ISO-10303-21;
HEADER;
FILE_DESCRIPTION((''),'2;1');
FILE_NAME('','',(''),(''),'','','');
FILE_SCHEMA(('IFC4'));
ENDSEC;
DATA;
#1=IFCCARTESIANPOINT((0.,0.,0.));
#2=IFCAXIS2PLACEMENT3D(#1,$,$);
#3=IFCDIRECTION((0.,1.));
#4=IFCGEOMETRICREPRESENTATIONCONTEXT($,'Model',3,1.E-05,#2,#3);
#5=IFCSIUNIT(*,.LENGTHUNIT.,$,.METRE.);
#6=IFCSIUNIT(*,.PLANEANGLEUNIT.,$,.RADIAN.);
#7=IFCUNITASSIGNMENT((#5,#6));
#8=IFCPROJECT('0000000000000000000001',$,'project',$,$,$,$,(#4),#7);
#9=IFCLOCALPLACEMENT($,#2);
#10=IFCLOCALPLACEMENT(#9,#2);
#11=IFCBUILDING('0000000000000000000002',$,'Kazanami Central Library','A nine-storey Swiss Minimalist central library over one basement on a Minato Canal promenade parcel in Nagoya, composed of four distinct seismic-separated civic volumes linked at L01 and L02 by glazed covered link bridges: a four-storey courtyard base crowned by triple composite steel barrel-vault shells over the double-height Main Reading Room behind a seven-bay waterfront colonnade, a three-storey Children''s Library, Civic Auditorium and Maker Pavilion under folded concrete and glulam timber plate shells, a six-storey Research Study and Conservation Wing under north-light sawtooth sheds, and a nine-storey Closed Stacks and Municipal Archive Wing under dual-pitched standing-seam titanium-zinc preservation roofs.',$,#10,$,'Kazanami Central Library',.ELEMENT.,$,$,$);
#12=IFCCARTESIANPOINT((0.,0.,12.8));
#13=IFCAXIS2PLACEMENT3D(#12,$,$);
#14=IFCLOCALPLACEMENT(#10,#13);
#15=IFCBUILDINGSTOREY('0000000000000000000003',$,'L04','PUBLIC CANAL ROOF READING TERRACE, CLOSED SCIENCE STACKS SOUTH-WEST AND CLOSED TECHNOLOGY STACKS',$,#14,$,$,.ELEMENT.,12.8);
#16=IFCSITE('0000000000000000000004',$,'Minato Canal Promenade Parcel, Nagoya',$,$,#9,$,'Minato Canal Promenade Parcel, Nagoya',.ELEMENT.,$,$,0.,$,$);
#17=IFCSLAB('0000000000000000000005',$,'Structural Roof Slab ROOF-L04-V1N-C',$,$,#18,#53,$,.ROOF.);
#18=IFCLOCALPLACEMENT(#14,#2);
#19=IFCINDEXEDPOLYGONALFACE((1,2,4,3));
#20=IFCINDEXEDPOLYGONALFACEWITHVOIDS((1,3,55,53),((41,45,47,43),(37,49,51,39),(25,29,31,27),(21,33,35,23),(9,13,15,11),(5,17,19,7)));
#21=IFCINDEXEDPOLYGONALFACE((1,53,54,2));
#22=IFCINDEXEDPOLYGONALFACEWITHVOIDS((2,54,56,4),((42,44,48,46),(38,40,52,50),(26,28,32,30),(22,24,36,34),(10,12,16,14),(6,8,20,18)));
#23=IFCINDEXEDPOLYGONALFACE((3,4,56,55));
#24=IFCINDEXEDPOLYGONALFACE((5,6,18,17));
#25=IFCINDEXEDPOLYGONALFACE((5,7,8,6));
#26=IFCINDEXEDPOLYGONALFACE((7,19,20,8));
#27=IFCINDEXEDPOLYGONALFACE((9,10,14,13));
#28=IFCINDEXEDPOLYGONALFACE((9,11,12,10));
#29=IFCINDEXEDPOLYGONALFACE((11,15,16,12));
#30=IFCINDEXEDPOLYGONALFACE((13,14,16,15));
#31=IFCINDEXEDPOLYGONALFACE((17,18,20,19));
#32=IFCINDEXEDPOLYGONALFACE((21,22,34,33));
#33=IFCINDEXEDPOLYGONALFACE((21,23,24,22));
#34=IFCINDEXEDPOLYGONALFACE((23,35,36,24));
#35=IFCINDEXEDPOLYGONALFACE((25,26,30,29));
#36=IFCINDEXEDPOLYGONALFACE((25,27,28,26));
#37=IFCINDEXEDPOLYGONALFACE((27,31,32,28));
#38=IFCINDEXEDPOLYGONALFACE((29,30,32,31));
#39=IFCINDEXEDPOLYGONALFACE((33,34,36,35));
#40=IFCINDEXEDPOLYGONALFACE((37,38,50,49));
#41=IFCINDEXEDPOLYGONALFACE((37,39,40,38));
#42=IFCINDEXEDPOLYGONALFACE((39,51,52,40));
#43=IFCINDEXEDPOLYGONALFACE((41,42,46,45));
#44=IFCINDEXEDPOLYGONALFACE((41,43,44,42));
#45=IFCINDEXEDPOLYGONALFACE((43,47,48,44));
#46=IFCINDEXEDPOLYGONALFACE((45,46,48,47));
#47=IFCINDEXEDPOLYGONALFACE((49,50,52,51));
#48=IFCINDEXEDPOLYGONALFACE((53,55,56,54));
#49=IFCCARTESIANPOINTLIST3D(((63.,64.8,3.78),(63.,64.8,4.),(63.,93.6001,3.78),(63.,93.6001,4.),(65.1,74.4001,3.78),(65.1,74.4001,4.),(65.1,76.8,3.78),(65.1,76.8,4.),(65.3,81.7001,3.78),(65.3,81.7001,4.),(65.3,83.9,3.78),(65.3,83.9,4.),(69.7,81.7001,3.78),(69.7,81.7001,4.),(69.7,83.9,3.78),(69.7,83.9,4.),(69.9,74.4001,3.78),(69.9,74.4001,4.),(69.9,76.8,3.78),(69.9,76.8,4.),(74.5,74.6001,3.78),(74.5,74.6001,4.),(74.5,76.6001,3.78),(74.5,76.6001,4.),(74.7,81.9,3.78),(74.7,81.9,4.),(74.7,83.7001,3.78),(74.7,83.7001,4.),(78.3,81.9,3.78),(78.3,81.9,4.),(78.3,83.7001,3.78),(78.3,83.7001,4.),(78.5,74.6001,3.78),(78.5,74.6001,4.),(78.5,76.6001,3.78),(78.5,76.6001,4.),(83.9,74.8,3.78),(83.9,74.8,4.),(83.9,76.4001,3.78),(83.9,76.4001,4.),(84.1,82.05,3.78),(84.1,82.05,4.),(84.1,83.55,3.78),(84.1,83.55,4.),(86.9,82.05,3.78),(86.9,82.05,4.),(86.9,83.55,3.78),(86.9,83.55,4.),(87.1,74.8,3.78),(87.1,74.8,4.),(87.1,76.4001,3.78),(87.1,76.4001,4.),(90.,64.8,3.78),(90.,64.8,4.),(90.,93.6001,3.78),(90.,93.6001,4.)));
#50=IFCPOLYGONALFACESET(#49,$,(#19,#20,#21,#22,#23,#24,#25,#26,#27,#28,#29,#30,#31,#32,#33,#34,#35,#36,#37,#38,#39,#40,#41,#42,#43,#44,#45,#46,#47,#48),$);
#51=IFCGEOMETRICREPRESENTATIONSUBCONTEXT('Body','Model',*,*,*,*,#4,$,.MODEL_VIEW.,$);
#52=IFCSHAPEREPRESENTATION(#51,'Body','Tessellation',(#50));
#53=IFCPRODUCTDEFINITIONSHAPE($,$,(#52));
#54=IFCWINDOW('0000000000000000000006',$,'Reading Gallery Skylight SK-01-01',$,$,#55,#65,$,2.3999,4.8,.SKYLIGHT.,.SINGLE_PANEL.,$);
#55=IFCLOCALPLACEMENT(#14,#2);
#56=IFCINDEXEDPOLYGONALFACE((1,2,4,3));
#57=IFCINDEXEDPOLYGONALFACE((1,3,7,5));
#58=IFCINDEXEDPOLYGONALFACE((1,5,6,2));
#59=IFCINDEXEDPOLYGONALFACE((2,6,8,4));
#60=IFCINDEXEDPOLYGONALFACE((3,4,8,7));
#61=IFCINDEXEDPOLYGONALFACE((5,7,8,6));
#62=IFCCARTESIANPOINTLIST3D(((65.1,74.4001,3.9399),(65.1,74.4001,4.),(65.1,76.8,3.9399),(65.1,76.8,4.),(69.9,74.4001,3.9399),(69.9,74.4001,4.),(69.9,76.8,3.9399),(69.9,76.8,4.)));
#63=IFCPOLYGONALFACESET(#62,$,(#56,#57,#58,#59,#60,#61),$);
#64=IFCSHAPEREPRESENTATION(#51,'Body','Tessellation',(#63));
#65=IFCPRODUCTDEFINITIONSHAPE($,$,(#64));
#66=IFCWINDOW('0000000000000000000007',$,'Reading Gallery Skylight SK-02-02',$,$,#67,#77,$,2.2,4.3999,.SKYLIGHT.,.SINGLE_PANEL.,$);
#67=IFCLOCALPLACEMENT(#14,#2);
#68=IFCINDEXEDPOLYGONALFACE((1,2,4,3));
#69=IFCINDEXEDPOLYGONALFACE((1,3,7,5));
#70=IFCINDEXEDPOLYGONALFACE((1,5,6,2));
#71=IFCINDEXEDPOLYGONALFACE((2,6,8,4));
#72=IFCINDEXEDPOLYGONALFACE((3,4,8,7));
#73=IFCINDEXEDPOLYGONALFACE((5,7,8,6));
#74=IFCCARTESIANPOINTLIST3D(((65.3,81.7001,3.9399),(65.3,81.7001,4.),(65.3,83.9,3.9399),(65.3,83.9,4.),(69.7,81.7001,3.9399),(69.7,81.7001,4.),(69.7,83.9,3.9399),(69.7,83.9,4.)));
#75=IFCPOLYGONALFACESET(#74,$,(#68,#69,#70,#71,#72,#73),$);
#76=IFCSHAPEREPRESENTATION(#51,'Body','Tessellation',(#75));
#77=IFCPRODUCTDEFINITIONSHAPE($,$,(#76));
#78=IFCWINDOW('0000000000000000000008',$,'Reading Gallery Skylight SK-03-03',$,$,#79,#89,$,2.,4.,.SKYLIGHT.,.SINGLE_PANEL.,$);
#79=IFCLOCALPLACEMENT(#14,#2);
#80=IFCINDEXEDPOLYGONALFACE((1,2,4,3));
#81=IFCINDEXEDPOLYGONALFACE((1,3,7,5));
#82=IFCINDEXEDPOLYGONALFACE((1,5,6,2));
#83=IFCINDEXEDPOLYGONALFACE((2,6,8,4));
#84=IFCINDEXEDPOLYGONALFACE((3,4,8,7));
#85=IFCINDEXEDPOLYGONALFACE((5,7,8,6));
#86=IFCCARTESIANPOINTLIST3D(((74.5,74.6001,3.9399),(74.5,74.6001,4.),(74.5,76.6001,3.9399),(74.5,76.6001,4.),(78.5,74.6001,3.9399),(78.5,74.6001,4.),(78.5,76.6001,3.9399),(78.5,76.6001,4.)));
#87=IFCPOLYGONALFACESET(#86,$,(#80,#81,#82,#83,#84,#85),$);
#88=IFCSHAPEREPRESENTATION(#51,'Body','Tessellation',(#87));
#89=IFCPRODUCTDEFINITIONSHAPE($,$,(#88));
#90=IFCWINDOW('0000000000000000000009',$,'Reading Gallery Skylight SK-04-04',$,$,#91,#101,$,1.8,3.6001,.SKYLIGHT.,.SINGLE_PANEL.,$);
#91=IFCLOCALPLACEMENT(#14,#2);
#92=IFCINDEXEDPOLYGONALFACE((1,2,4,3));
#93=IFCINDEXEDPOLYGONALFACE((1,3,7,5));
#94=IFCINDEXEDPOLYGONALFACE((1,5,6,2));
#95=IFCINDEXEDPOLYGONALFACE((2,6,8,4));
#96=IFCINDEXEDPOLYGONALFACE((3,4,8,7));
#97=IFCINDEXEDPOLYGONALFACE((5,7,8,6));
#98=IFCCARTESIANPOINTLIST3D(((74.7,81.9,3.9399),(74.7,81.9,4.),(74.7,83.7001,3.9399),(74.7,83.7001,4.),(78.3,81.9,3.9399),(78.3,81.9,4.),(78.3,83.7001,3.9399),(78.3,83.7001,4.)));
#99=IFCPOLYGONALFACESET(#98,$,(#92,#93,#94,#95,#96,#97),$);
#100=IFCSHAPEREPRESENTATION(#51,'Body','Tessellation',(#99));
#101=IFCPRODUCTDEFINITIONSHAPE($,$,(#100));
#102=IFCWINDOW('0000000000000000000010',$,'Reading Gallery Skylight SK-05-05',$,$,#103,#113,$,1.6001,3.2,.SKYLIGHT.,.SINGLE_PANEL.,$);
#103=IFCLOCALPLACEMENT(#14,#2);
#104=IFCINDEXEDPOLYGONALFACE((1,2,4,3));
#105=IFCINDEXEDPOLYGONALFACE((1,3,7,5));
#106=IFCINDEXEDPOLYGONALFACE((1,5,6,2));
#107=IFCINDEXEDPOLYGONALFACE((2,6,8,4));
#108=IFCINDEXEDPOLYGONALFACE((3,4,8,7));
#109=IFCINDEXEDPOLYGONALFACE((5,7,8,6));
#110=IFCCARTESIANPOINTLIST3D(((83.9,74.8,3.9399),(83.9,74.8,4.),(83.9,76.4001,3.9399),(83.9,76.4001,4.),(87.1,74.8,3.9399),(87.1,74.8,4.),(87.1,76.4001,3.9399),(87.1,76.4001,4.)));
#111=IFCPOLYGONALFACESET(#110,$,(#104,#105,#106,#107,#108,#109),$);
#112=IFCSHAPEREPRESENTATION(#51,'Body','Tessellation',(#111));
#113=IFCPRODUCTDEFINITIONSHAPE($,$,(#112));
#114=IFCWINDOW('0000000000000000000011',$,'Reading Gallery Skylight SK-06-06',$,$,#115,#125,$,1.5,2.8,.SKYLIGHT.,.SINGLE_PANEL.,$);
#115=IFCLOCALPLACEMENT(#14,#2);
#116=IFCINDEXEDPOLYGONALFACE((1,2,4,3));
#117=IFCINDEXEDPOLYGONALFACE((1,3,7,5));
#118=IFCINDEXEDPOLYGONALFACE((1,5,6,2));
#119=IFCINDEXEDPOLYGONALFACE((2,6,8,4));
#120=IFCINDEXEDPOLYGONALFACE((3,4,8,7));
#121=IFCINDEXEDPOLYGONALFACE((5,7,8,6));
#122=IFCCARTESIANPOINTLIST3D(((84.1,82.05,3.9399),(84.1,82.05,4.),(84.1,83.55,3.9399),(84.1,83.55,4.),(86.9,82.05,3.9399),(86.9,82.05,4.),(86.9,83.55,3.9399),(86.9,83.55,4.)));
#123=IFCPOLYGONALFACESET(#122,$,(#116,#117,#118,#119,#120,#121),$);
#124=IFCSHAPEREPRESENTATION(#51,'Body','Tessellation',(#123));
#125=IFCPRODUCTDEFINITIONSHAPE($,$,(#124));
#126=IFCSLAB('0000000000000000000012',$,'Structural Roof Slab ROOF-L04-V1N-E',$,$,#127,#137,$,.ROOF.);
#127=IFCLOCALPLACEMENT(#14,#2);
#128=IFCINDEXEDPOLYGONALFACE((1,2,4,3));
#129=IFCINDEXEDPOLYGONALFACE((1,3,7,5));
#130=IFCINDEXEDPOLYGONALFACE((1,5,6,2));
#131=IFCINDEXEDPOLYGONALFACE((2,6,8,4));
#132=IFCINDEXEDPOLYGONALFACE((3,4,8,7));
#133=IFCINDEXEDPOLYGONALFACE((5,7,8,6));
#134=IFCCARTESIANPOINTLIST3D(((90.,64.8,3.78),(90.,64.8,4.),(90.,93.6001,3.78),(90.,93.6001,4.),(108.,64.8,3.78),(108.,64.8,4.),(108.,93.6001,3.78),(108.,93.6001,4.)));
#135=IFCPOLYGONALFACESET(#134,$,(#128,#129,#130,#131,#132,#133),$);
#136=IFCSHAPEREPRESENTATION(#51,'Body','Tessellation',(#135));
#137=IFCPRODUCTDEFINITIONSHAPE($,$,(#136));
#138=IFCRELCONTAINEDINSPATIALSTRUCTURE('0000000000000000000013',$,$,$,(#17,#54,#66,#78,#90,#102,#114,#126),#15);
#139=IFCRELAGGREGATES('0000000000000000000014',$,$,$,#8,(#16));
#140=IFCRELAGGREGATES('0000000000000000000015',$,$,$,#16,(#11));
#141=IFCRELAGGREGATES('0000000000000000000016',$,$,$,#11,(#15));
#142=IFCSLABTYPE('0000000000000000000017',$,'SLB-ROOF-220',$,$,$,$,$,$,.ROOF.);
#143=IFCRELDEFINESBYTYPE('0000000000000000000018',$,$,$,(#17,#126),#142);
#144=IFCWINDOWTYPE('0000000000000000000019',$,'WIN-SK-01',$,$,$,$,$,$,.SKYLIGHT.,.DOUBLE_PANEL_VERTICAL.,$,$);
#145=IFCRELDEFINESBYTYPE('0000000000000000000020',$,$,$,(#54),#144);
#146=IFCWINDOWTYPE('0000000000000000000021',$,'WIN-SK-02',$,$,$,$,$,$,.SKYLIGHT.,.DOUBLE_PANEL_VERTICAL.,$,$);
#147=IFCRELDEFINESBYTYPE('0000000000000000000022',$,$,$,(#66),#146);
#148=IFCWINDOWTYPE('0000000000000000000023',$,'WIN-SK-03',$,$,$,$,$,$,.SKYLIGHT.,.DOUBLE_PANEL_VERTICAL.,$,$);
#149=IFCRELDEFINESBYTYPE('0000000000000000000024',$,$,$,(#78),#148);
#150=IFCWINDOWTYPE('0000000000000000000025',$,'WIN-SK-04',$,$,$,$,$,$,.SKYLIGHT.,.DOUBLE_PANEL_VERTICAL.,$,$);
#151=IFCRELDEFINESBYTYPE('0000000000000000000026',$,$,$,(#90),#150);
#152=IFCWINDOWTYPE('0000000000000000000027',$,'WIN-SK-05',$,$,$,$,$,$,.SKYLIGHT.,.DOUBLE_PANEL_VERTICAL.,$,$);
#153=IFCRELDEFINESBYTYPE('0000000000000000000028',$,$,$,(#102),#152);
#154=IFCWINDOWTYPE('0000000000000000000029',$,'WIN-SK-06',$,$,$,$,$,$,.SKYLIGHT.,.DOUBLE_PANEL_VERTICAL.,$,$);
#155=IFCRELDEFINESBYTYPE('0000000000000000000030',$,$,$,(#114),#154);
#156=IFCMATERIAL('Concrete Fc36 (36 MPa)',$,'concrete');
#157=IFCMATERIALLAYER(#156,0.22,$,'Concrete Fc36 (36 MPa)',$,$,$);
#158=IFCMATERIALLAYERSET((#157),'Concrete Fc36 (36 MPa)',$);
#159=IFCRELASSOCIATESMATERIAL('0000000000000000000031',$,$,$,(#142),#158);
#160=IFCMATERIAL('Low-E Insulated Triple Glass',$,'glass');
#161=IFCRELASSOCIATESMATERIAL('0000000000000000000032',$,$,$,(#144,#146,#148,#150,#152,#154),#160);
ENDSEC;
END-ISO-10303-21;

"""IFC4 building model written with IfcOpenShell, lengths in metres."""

from ifc_helpers import new_model, si_unit, direction, frame, origin, origin_2d, place, context, subcontext, project, spatial, polyline, rectangle, outline, extrude, material, layer, layer_set, type_object, element, fill, save


model = new_model("IFC4")

# Units and contexts
model_context = context("Model", 3, precision=1e-05, world=origin(), true_north=direction((0.0, 1.0)))
body_context = subcontext(model_context, "Body", "Model", "MODEL_VIEW")
ifc_project = project(units=[si_unit("LENGTHUNIT", "METRE"), si_unit("PLANEANGLEUNIT", "RADIAN")], contexts=[model_context])

# Site, building, storey
site_placement = place(None, origin())
site = spatial("IfcSite", under=ifc_project, at=site_placement, Name="Minato Canal Promenade Parcel, Nagoya", LongName="Minato Canal Promenade Parcel, Nagoya", CompositionType="ELEMENT", RefElevation=0.0)
building_placement = place(site_placement, origin())
building = spatial("IfcBuilding", under=site, at=building_placement, Name="Kazanami Central Library", Description="A nine-storey Swiss Minimalist central library over one basement on a Minato Canal promenade parcel in Nagoya, composed of four distinct seismic-separated civic volumes linked at L01 and L02 by glazed covered link bridges: a four-storey courtyard base crowned by triple composite steel barrel-vault shells over the double-height Main Reading Room behind a seven-bay waterfront colonnade, a three-storey Children's Library, Civic Auditorium and Maker Pavilion under folded concrete and glulam timber plate shells, a six-storey Research Study and Conservation Wing under north-light sawtooth sheds, and a nine-storey Closed Stacks and Municipal Archive Wing under dual-pitched standing-seam titanium-zinc preservation roofs.", LongName="Kazanami Central Library", CompositionType="ELEMENT")
storey_placement = place(building_placement, frame((0.0, 0.0, 12.8)))
storey = spatial("IfcBuildingStorey", under=building, at=storey_placement, Name="L04", Description="PUBLIC CANAL ROOF READING TERRACE, CLOSED SCIENCE STACKS SOUTH-WEST AND CLOSED TECHNOLOGY STACKS", CompositionType="ELEMENT", Elevation=12.8)

# Shared definitions
ifc_material_1 = material(Name="Concrete Fc36 (36 MPa)", Category="concrete")

# Shared definitions
ifc_layer_1 = layer(ifc_material_1, 0.22, Name="Concrete Fc36 (36 MPa)")
ifc_layer_set_1 = layer_set([ifc_layer_1], Name="Concrete Fc36 (36 MPa)")
slab_type_1 = type_object("IfcSlabType", Name="SLB-ROOF-220", PredefinedType="ROOF", material=ifc_layer_set_1)
ifc_material_2 = material(Name="Low-E Insulated Triple Glass", Category="glass")
window_type_1 = type_object("IfcWindowType", Name="WIN-SK-01", PartitioningType="DOUBLE_PANEL_VERTICAL", PredefinedType="SKYLIGHT", material=ifc_material_2)
window_type_2 = type_object("IfcWindowType", Name="WIN-SK-02", PartitioningType="DOUBLE_PANEL_VERTICAL", PredefinedType="SKYLIGHT", material=ifc_material_2)
window_type_3 = type_object("IfcWindowType", Name="WIN-SK-03", PartitioningType="DOUBLE_PANEL_VERTICAL", PredefinedType="SKYLIGHT", material=ifc_material_2)
window_type_4 = type_object("IfcWindowType", Name="WIN-SK-04", PartitioningType="DOUBLE_PANEL_VERTICAL", PredefinedType="SKYLIGHT", material=ifc_material_2)

# Slab, openings, windows
slab_1_placement = place(storey_placement, frame((0.0, 0.0, 3.78)))
slab_1 = element("IfcSlab", 1, at=slab_1_placement, inside=storey, type_object=slab_type_1, Name="Structural Roof Slab ROOF-L04-V1N-C", PredefinedType="ROOF", context=body_context, shape_type="SweptSolid", body=[
    extrude(outline(polyline([(63.0, 64.8), (90.0, 64.8), (90.0, 93.6001), (63.0, 93.6001), (63.0, 64.8)])), origin(), (0.0, 0.0, 1.0), 0.22),
])
opening_1_placement = place(slab_1_placement, frame((67.5, 75.6001, -0.012)))
opening_1 = element("IfcOpeningElement", 2, at=opening_1_placement, cuts=slab_1, PredefinedType="OPENING", context=body_context, shape_type="SweptSolid", body=[
    extrude(rectangle(XDim=4.8, YDim=2.3999, at=origin_2d()), origin(), (0.0, 0.0, 1.0), 0.2439),
])
opening_2_placement = place(slab_1_placement, frame((67.5, 82.8, -0.012)))
opening_2 = element("IfcOpeningElement", 3, at=opening_2_placement, cuts=slab_1, PredefinedType="OPENING", context=body_context, shape_type="SweptSolid", body=[
    extrude(rectangle(XDim=4.3999, YDim=2.2, at=origin_2d()), origin(), (0.0, 0.0, 1.0), 0.2439),
])
opening_3_placement = place(slab_1_placement, frame((76.5, 75.6001, -0.012)))
opening_3 = element("IfcOpeningElement", 4, at=opening_3_placement, cuts=slab_1, PredefinedType="OPENING", context=body_context, shape_type="SweptSolid", body=[
    extrude(rectangle(XDim=4.0, YDim=2.0, at=origin_2d()), origin(), (0.0, 0.0, 1.0), 0.2439),
])
opening_4_placement = place(slab_1_placement, frame((76.5, 82.8, -0.012)))
opening_4 = element("IfcOpeningElement", 5, at=opening_4_placement, cuts=slab_1, PredefinedType="OPENING", context=body_context, shape_type="SweptSolid", body=[
    extrude(rectangle(XDim=3.6001, YDim=1.8, at=origin_2d()), origin(), (0.0, 0.0, 1.0), 0.2439),
])
opening_5_placement = place(slab_1_placement, frame((85.5, 75.6001, -0.012)))
opening_5 = element("IfcOpeningElement", 6, at=opening_5_placement, cuts=slab_1, PredefinedType="OPENING", context=body_context, shape_type="SweptSolid", body=[
    extrude(rectangle(XDim=3.2, YDim=1.6001, at=origin_2d()), origin(), (0.0, 0.0, 1.0), 0.2439),
])
opening_6_placement = place(slab_1_placement, frame((85.5, 82.8, -0.012)))
opening_6 = element("IfcOpeningElement", 7, at=opening_6_placement, cuts=slab_1, PredefinedType="OPENING", context=body_context, shape_type="SweptSolid", body=[
    extrude(rectangle(XDim=2.8, YDim=1.5, at=origin_2d()), origin(), (0.0, 0.0, 1.0), 0.2439),
])
window_1_placement = place(slab_1_placement, frame((67.5, 75.6001, 0.1599)))
window_1 = element("IfcWindow", 8, at=window_1_placement, inside=storey, type_object=window_type_1, Name="Reading Gallery Skylight SK-01-01", OverallHeight=2.3999, OverallWidth=4.8, PartitioningType="SINGLE_PANEL", PredefinedType="SKYLIGHT", context=body_context, shape_type="SweptSolid", body=[
    extrude(rectangle(XDim=4.8, YDim=2.3999, at=origin_2d()), origin(), (0.0, 0.0, 1.0), 0.0601),
])
fill(opening_1, window_1)
window_2_placement = place(slab_1_placement, frame((67.5, 82.8, 0.1599)))
window_2 = element("IfcWindow", 9, at=window_2_placement, inside=storey, type_object=window_type_2, Name="Reading Gallery Skylight SK-02-02", OverallHeight=2.2, OverallWidth=4.3999, PartitioningType="SINGLE_PANEL", PredefinedType="SKYLIGHT", context=body_context, shape_type="SweptSolid", body=[
    extrude(rectangle(XDim=4.3999, YDim=2.2, at=origin_2d()), origin(), (0.0, 0.0, 1.0), 0.0601),
])
fill(opening_2, window_2)
window_3_placement = place(slab_1_placement, frame((76.5, 75.6001, 0.1599)))
window_3 = element("IfcWindow", 10, at=window_3_placement, inside=storey, type_object=window_type_3, Name="Reading Gallery Skylight SK-03-03", OverallHeight=2.0, OverallWidth=4.0, PartitioningType="SINGLE_PANEL", PredefinedType="SKYLIGHT", context=body_context, shape_type="SweptSolid", body=[
    extrude(rectangle(XDim=4.0, YDim=2.0, at=origin_2d()), origin(), (0.0, 0.0, 1.0), 0.0601),
])
fill(opening_3, window_3)
window_4_placement = place(slab_1_placement, frame((76.5, 82.8, 0.1599)))
window_4 = element("IfcWindow", 11, at=window_4_placement, inside=storey, type_object=window_type_4, Name="Reading Gallery Skylight SK-04-04", OverallHeight=1.8, OverallWidth=3.6001, PartitioningType="SINGLE_PANEL", PredefinedType="SKYLIGHT", context=body_context, shape_type="SweptSolid", body=[
    extrude(rectangle(XDim=3.6001, YDim=1.8, at=origin_2d()), origin(), (0.0, 0.0, 1.0), 0.0601),
])
fill(opening_4, window_4)
window_type_5 = type_object("IfcWindowType", Name="WIN-SK-05", PartitioningType="DOUBLE_PANEL_VERTICAL", PredefinedType="SKYLIGHT", material=ifc_material_2)
window_5_placement = place(slab_1_placement, frame((85.5, 75.6001, 0.1599)))
window_5 = element("IfcWindow", 12, at=window_5_placement, inside=storey, type_object=window_type_5, Name="Reading Gallery Skylight SK-05-05", OverallHeight=1.6001, OverallWidth=3.2, PartitioningType="SINGLE_PANEL", PredefinedType="SKYLIGHT", context=body_context, shape_type="SweptSolid", body=[
    extrude(rectangle(XDim=3.2, YDim=1.6001, at=origin_2d()), origin(), (0.0, 0.0, 1.0), 0.0601),
])
fill(opening_5, window_5)
window_type_6 = type_object("IfcWindowType", Name="WIN-SK-06", PartitioningType="DOUBLE_PANEL_VERTICAL", PredefinedType="SKYLIGHT", material=ifc_material_2)
window_6_placement = place(slab_1_placement, frame((85.5, 82.8, 0.1599)))
window_6 = element("IfcWindow", 13, at=window_6_placement, inside=storey, type_object=window_type_6, Name="Reading Gallery Skylight SK-06-06", OverallHeight=1.5, OverallWidth=2.8, PartitioningType="SINGLE_PANEL", PredefinedType="SKYLIGHT", context=body_context, shape_type="SweptSolid", body=[
    extrude(rectangle(XDim=2.8, YDim=1.5, at=origin_2d()), origin(), (0.0, 0.0, 1.0), 0.0601),
])
fill(opening_6, window_6)

# Slab
slab_2_placement = place(storey_placement, frame((0.0, 0.0, 3.78)))
element("IfcSlab", 14, at=slab_2_placement, inside=storey, type_object=slab_type_1, Name="Structural Roof Slab ROOF-L04-V1N-E", PredefinedType="ROOF", context=body_context, shape_type="SweptSolid", body=[
    extrude(outline(polyline([(90.0, 64.8), (108.0, 64.8), (108.0, 93.6001), (90.0, 93.6001), (90.0, 64.8)])), origin(), (0.0, 0.0, 1.0), 0.22),
])

save(model, "model.ifc")
